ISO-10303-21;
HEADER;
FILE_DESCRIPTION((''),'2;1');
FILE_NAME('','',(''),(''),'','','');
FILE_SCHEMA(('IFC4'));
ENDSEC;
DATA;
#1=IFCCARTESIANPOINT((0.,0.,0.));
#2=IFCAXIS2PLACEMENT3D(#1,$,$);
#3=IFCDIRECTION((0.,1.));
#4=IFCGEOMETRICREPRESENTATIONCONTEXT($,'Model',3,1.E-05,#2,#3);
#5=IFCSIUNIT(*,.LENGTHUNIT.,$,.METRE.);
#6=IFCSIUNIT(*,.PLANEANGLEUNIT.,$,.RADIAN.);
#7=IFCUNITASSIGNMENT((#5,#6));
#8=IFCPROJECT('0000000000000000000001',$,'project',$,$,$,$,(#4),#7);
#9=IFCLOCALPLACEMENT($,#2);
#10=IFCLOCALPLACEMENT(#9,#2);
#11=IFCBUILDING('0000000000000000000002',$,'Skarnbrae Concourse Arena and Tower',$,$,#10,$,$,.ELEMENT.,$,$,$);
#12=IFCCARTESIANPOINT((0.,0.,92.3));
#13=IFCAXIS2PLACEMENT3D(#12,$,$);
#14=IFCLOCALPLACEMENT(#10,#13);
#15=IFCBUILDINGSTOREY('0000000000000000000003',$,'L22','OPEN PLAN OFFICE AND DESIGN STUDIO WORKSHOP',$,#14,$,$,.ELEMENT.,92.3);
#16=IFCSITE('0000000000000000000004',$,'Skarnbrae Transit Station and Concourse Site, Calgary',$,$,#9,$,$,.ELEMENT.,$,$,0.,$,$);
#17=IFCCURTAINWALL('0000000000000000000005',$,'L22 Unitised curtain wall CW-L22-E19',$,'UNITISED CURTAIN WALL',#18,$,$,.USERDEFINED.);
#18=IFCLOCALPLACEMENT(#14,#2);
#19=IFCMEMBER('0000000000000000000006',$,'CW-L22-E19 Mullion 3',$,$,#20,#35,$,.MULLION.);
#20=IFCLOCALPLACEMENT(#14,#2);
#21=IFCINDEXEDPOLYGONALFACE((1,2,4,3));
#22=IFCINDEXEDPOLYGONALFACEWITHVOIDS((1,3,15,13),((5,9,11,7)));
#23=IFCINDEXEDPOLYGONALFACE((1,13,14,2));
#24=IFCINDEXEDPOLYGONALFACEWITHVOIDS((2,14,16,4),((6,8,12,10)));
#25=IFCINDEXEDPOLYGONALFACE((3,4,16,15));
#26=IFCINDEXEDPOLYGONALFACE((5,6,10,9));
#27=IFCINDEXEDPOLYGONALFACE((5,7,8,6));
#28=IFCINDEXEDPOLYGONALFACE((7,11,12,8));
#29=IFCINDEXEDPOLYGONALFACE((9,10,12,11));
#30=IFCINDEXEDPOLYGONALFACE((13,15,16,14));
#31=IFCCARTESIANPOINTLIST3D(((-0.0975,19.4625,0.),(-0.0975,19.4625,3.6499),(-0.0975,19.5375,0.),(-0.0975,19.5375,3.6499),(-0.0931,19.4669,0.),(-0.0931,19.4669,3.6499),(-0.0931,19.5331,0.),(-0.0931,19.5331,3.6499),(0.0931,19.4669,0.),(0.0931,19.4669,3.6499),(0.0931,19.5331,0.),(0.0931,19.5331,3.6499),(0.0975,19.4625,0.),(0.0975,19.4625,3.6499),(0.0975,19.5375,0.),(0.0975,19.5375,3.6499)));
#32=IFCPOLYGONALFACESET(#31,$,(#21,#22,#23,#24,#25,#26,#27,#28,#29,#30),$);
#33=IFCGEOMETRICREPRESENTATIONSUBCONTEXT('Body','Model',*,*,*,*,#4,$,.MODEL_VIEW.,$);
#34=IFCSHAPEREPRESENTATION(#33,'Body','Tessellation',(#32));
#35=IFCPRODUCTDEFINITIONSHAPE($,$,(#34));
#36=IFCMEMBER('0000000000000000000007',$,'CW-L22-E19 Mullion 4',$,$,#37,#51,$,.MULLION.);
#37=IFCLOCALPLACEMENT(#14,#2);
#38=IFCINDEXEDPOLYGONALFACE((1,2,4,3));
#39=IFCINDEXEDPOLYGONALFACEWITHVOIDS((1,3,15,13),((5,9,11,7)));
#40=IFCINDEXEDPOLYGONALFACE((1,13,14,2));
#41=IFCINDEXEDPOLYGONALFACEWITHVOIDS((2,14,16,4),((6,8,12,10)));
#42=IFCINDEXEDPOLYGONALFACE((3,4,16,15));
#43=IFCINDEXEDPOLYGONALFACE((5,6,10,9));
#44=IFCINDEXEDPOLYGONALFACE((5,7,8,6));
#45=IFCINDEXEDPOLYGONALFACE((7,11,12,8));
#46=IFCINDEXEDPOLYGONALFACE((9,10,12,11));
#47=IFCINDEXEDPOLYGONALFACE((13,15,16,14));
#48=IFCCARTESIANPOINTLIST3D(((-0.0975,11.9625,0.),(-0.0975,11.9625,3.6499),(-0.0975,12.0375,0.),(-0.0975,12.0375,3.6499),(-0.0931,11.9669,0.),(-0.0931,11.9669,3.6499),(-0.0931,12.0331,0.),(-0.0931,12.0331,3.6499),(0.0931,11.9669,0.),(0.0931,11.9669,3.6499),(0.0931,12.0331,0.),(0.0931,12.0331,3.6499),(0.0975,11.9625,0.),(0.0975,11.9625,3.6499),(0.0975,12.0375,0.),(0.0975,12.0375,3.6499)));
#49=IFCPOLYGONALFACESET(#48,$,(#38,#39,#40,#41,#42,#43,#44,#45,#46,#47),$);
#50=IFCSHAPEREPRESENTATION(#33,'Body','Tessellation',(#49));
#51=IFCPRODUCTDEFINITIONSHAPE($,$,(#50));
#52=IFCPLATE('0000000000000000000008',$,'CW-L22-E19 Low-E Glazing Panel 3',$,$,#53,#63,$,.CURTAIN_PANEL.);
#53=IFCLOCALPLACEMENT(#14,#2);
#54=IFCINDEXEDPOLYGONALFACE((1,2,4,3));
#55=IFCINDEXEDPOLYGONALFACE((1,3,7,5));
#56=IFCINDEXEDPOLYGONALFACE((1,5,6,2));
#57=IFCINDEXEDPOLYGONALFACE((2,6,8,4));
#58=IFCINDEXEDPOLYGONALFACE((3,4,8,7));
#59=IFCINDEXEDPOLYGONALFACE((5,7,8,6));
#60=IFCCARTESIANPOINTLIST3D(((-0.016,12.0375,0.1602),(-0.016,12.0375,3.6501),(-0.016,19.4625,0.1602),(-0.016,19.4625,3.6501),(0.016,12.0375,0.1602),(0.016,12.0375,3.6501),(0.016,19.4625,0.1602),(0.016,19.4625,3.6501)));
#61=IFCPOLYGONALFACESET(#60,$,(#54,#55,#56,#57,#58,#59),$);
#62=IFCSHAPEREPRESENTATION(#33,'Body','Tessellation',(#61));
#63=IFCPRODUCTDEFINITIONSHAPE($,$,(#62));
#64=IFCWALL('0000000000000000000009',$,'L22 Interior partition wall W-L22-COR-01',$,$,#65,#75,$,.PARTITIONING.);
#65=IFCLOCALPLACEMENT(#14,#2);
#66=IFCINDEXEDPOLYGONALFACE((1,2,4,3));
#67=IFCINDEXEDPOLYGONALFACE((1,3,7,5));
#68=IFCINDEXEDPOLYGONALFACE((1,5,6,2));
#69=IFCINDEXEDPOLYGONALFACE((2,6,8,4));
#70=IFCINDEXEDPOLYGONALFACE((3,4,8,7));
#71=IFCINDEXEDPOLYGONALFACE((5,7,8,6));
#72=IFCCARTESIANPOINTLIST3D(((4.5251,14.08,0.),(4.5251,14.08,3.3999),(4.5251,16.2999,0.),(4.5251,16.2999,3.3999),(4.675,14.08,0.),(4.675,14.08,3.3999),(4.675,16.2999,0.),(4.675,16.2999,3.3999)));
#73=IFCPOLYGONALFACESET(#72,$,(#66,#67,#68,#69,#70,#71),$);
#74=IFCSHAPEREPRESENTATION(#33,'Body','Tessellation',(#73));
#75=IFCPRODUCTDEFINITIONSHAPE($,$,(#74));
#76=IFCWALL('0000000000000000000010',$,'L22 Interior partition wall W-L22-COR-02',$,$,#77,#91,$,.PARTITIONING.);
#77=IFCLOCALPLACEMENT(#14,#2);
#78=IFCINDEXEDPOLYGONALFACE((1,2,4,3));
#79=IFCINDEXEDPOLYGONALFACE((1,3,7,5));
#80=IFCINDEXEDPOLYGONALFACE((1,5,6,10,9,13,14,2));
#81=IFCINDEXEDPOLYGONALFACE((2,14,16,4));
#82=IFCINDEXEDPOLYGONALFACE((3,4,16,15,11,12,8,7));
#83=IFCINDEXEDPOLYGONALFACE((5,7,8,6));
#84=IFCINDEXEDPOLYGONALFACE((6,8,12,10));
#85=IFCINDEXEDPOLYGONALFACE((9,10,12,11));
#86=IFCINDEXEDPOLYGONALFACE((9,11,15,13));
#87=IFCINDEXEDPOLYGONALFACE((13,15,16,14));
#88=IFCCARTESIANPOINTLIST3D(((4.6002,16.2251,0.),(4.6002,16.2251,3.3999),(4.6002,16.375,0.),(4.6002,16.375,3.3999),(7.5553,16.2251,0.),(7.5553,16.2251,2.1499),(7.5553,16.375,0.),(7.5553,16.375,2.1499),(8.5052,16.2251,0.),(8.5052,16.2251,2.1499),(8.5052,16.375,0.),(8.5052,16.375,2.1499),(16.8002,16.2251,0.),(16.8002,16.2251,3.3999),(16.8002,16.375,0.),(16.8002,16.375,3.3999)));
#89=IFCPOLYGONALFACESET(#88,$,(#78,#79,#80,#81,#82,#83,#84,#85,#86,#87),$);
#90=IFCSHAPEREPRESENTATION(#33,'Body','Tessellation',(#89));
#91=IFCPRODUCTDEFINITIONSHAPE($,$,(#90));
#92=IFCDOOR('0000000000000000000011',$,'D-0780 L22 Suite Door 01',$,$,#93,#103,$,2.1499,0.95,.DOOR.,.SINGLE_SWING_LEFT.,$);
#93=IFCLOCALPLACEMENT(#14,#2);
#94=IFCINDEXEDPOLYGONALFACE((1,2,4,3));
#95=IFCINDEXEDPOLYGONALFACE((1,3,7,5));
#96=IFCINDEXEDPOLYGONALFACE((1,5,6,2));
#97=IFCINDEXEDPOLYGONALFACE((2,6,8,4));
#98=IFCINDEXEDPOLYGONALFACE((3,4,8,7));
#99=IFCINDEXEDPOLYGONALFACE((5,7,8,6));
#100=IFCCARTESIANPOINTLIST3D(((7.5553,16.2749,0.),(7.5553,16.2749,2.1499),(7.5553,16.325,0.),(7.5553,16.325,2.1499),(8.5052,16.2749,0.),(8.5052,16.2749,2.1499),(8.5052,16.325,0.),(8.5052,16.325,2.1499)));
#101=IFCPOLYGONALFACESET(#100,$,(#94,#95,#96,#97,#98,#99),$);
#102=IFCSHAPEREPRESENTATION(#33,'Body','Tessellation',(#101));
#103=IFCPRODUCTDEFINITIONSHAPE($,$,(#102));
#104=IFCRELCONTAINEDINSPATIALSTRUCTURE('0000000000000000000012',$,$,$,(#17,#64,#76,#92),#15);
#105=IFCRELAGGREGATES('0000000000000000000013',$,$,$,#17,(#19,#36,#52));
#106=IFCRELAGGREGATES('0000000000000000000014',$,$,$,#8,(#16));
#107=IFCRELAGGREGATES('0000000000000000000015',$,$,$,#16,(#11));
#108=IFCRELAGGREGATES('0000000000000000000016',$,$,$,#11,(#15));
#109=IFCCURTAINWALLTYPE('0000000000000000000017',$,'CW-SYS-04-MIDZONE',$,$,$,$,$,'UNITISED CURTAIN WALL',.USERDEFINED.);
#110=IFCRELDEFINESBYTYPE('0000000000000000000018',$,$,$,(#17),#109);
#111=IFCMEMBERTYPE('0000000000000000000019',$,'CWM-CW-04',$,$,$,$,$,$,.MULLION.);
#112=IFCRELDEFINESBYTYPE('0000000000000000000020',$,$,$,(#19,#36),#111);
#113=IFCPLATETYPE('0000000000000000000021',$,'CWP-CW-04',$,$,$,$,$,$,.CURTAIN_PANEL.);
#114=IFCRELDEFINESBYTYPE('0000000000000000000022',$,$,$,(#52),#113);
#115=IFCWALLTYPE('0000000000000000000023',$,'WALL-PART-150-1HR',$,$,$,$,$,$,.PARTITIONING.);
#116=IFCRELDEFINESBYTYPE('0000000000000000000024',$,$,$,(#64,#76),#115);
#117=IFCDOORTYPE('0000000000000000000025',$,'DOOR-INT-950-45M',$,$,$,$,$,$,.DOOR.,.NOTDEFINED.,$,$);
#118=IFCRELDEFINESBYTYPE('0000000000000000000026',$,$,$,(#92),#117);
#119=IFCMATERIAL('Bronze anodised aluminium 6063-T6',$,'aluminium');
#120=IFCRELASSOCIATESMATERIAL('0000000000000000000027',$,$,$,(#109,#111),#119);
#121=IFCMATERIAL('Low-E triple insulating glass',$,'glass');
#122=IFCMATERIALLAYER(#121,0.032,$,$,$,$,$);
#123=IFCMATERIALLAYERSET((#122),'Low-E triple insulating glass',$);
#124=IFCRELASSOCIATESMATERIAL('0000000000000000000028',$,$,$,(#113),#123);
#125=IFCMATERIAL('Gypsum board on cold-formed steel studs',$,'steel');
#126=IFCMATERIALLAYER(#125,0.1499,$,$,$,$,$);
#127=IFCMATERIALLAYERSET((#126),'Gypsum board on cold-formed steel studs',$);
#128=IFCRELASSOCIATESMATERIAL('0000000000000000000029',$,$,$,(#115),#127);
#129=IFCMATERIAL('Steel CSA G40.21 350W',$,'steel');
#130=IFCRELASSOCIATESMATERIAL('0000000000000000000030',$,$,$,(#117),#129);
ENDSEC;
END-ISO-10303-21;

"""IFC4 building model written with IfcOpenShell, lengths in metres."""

from ifc_helpers import new_model, si_unit, direction, frame, frame_2d, origin, origin_2d, place, context, subcontext, project, spatial, rectangle, hollow_rectangle, extrude, source, transform, mapped, material, layer, layer_set, material_profile, profile_set, type_object, element, fill, aggregate, save


model = new_model("IFC4")

# Units and contexts
model_context = context("Model", 3, precision=1e-05, world=origin(), true_north=direction((0.0, 1.0)))
body_context = subcontext(model_context, "Body", "Model", "MODEL_VIEW")
ifc_project = project(units=[si_unit("LENGTHUNIT", "METRE"), si_unit("PLANEANGLEUNIT", "RADIAN")], contexts=[model_context])

# Site, building, storey
site_placement = place(None, origin())
site = spatial("IfcSite", under=ifc_project, at=site_placement, Name="Skarnbrae Transit Station and Concourse Site, Calgary", CompositionType="ELEMENT", RefElevation=0.0)
building_placement = place(site_placement, origin())
building = spatial("IfcBuilding", under=site, at=building_placement, Name="Skarnbrae Concourse Arena and Tower", CompositionType="ELEMENT")
storey_placement = place(building_placement, frame((0.0, 0.0, 92.3)))
storey = spatial("IfcBuildingStorey", under=building, at=storey_placement, Name="L22", Description="OPEN PLAN OFFICE AND DESIGN STUDIO WORKSHOP", CompositionType="ELEMENT", Elevation=92.3)

# Shared definitions
ifc_material_1 = material(Name="Steel CSA G40.21 350W", Category="steel")

# Curtain wall, members, plate
ifc_material_2 = material(Name="Bronze anodised aluminium 6063-T6", Category="aluminium")
curtain_wall_type = type_object("IfcCurtainWallType", Name="CW-SYS-04-MIDZONE", ElementType="UNITISED CURTAIN WALL", PredefinedType="USERDEFINED", material=ifc_material_2)
curtain_wall_placement = place(storey_placement, origin())
curtain_wall = element("IfcCurtainWall", 1, at=curtain_wall_placement, inside=storey, type_object=curtain_wall_type, Name="L22 Unitised curtain wall CW-L22-E19", ObjectType="UNITISED CURTAIN WALL", PredefinedType="USERDEFINED")
ifc_material_profile_1 = material_profile(ifc_material_2, hollow_rectangle(XDim=0.075, YDim=0.1951, WallThickness=0.0044, at=origin_2d()), Name="ALU-MULL-75X195")
ifc_profile_set_1 = profile_set([ifc_material_profile_1], Name="Bronze anodised aluminium 6063-T6")
member_type_1 = type_object("IfcMemberType", Name="CWM-CW-04", PredefinedType="MULLION", material=ifc_profile_set_1)
shared_shape_1 = source(origin(), body_context, "Body", "SweptSolid", [
    extrude(hollow_rectangle(XDim=0.075, YDim=0.1951, WallThickness=0.0044, at=origin_2d()), origin(), (0.0, 0.0, 1.0), 3.6499),
])
member_1_placement = place(storey_placement, frame((0.0, 19.5, 0.0), z_axis=(0.0, 0.0, 1.0), x_axis=(0.0, -1.0, 0.0)))
member_1 = element("IfcMember", 2, at=member_1_placement, type_object=member_type_1, Name="CW-L22-E19 Mullion 3", PredefinedType="MULLION", context=body_context, shape_type="MappedRepresentation", body=[
    mapped(shared_shape_1, transform((0.0, 0.0, 0.0))),
])
member_2_placement = place(storey_placement, frame((0.0, 12.0, 0.0), z_axis=(0.0, 0.0, 1.0), x_axis=(0.0, -1.0, 0.0)))
member_2 = element("IfcMember", 3, at=member_2_placement, type_object=member_type_1, Name="CW-L22-E19 Mullion 4", PredefinedType="MULLION", context=body_context, shape_type="MappedRepresentation", body=[
    mapped(shared_shape_1, transform((0.0, 0.0, 0.0))),
])
ifc_material_3 = material(Name="Low-E triple insulating glass", Category="glass")
ifc_layer_1 = layer(ifc_material_3, 0.032)
ifc_layer_set_1 = layer_set([ifc_layer_1], Name="Low-E triple insulating glass")
plate_type = type_object("IfcPlateType", Name="CWP-CW-04", PredefinedType="CURTAIN_PANEL", material=ifc_layer_set_1)
shared_shape_2 = source(origin(), body_context, "Body", "SweptSolid", [
    extrude(rectangle(XDim=7.425, YDim=0.032, at=origin_2d()), origin(), (0.0, 0.0, 1.0), 3.49),
])
plate_placement = place(storey_placement, frame((0.0, 15.75, 0.1602), z_axis=(0.0, 0.0, 1.0), x_axis=(0.0, -1.0, 0.0)))
plate = element("IfcPlate", 4, at=plate_placement, type_object=plate_type, Name="CW-L22-E19 Low-E Glazing Panel 3", PredefinedType="CURTAIN_PANEL", context=body_context, shape_type="MappedRepresentation", body=[
    mapped(shared_shape_2, transform((0.0, 0.0, 0.0))),
])
aggregate(curtain_wall, [member_1, member_2, plate])

# Wall
ifc_material_4 = material(Name="Gypsum board on cold-formed steel studs", Category="steel")
ifc_layer_2 = layer(ifc_material_4, 0.1499)
ifc_layer_set_2 = layer_set([ifc_layer_2], Name="Gypsum board on cold-formed steel studs")
wall_type_1 = type_object("IfcWallType", Name="WALL-PART-150-1HR", PredefinedType="PARTITIONING", material=ifc_layer_set_2)
shared_shape_3 = source(origin(), body_context, "Body", "SweptSolid", [
    extrude(rectangle(XDim=2.22, YDim=0.1499, at=frame_2d((1.1099, 0.0))), origin(), (0.0, 0.0, 1.0), 3.3999),
])
wall_1_placement = place(storey_placement, frame((4.6001, 14.0801, 0.0), z_axis=(0.0, 0.0, 1.0), x_axis=(0.0, 1.0, 0.0)))
element("IfcWall", 5, at=wall_1_placement, inside=storey, type_object=wall_type_1, Name="L22 Interior partition wall W-L22-COR-01", PredefinedType="PARTITIONING", context=body_context, shape_type="MappedRepresentation", body=[
    mapped(shared_shape_3, transform((0.0, 0.0, 0.0))),
])

# Wall, opening, door
shared_shape_4 = source(origin(), body_context, "Body", "SweptSolid", [
    extrude(rectangle(XDim=12.2, YDim=0.1499, at=frame_2d((6.1001, 0.0))), origin(), (0.0, 0.0, 1.0), 3.3999),
])
wall_2_placement = place(storey_placement, frame((4.6001, 16.3, 0.0), z_axis=(0.0, 0.0, 1.0), x_axis=(1.0, 0.0, 0.0)))
wall_2 = element("IfcWall", 6, at=wall_2_placement, inside=storey, type_object=wall_type_1, Name="L22 Interior partition wall W-L22-COR-02", PredefinedType="PARTITIONING", context=body_context, shape_type="MappedRepresentation", body=[
    mapped(shared_shape_4, transform((0.0, 0.0, 0.0))),
])
opening_1_placement = place(wall_2_placement, frame((2.9551, 0.0, 0.0)))
opening_1 = element("IfcOpeningElement", 7, at=opening_1_placement, cuts=wall_2, PredefinedType="OPENING", context=body_context, shape_type="SweptSolid", body=[
    extrude(rectangle(XDim=0.95, YDim=2.1499, at=frame_2d((0.4751, 1.075))), frame((0.0, 0.085, 0.0), z_axis=(0.0, -1.0, 0.0), x_axis=(1.0, 0.0, 0.0)), (0.0, 0.0, 1.0), 0.1699),
])
door_type_1 = type_object("IfcDoorType", Name="DOOR-INT-950-45M", OperationType="NOTDEFINED", PredefinedType="DOOR", material=ifc_material_1)
shared_shape_5 = source(origin(), body_context, "Body", "SweptSolid", [
    extrude(rectangle(XDim=0.95, YDim=2.1499, at=frame_2d((0.4751, 1.075))), frame((0.0, 0.0249, 0.0), z_axis=(0.0, -1.0, 0.0), x_axis=(1.0, 0.0, 0.0)), (0.0, 0.0, 1.0), 0.05),
])
door_1_placement = place(opening_1_placement, origin())
door_1 = element("IfcDoor", 8, at=door_1_placement, inside=storey, type_object=door_type_1, Name="D-0780 L22 Suite Door 01", OperationType="SINGLE_SWING_LEFT", OverallHeight=2.1499, OverallWidth=0.95, PredefinedType="DOOR", context=body_context, shape_type="MappedRepresentation", body=[
    mapped(shared_shape_5, transform((0.0, 0.0, 0.0))),
])
fill(opening_1, door_1)

save(model, "model.ifc")
